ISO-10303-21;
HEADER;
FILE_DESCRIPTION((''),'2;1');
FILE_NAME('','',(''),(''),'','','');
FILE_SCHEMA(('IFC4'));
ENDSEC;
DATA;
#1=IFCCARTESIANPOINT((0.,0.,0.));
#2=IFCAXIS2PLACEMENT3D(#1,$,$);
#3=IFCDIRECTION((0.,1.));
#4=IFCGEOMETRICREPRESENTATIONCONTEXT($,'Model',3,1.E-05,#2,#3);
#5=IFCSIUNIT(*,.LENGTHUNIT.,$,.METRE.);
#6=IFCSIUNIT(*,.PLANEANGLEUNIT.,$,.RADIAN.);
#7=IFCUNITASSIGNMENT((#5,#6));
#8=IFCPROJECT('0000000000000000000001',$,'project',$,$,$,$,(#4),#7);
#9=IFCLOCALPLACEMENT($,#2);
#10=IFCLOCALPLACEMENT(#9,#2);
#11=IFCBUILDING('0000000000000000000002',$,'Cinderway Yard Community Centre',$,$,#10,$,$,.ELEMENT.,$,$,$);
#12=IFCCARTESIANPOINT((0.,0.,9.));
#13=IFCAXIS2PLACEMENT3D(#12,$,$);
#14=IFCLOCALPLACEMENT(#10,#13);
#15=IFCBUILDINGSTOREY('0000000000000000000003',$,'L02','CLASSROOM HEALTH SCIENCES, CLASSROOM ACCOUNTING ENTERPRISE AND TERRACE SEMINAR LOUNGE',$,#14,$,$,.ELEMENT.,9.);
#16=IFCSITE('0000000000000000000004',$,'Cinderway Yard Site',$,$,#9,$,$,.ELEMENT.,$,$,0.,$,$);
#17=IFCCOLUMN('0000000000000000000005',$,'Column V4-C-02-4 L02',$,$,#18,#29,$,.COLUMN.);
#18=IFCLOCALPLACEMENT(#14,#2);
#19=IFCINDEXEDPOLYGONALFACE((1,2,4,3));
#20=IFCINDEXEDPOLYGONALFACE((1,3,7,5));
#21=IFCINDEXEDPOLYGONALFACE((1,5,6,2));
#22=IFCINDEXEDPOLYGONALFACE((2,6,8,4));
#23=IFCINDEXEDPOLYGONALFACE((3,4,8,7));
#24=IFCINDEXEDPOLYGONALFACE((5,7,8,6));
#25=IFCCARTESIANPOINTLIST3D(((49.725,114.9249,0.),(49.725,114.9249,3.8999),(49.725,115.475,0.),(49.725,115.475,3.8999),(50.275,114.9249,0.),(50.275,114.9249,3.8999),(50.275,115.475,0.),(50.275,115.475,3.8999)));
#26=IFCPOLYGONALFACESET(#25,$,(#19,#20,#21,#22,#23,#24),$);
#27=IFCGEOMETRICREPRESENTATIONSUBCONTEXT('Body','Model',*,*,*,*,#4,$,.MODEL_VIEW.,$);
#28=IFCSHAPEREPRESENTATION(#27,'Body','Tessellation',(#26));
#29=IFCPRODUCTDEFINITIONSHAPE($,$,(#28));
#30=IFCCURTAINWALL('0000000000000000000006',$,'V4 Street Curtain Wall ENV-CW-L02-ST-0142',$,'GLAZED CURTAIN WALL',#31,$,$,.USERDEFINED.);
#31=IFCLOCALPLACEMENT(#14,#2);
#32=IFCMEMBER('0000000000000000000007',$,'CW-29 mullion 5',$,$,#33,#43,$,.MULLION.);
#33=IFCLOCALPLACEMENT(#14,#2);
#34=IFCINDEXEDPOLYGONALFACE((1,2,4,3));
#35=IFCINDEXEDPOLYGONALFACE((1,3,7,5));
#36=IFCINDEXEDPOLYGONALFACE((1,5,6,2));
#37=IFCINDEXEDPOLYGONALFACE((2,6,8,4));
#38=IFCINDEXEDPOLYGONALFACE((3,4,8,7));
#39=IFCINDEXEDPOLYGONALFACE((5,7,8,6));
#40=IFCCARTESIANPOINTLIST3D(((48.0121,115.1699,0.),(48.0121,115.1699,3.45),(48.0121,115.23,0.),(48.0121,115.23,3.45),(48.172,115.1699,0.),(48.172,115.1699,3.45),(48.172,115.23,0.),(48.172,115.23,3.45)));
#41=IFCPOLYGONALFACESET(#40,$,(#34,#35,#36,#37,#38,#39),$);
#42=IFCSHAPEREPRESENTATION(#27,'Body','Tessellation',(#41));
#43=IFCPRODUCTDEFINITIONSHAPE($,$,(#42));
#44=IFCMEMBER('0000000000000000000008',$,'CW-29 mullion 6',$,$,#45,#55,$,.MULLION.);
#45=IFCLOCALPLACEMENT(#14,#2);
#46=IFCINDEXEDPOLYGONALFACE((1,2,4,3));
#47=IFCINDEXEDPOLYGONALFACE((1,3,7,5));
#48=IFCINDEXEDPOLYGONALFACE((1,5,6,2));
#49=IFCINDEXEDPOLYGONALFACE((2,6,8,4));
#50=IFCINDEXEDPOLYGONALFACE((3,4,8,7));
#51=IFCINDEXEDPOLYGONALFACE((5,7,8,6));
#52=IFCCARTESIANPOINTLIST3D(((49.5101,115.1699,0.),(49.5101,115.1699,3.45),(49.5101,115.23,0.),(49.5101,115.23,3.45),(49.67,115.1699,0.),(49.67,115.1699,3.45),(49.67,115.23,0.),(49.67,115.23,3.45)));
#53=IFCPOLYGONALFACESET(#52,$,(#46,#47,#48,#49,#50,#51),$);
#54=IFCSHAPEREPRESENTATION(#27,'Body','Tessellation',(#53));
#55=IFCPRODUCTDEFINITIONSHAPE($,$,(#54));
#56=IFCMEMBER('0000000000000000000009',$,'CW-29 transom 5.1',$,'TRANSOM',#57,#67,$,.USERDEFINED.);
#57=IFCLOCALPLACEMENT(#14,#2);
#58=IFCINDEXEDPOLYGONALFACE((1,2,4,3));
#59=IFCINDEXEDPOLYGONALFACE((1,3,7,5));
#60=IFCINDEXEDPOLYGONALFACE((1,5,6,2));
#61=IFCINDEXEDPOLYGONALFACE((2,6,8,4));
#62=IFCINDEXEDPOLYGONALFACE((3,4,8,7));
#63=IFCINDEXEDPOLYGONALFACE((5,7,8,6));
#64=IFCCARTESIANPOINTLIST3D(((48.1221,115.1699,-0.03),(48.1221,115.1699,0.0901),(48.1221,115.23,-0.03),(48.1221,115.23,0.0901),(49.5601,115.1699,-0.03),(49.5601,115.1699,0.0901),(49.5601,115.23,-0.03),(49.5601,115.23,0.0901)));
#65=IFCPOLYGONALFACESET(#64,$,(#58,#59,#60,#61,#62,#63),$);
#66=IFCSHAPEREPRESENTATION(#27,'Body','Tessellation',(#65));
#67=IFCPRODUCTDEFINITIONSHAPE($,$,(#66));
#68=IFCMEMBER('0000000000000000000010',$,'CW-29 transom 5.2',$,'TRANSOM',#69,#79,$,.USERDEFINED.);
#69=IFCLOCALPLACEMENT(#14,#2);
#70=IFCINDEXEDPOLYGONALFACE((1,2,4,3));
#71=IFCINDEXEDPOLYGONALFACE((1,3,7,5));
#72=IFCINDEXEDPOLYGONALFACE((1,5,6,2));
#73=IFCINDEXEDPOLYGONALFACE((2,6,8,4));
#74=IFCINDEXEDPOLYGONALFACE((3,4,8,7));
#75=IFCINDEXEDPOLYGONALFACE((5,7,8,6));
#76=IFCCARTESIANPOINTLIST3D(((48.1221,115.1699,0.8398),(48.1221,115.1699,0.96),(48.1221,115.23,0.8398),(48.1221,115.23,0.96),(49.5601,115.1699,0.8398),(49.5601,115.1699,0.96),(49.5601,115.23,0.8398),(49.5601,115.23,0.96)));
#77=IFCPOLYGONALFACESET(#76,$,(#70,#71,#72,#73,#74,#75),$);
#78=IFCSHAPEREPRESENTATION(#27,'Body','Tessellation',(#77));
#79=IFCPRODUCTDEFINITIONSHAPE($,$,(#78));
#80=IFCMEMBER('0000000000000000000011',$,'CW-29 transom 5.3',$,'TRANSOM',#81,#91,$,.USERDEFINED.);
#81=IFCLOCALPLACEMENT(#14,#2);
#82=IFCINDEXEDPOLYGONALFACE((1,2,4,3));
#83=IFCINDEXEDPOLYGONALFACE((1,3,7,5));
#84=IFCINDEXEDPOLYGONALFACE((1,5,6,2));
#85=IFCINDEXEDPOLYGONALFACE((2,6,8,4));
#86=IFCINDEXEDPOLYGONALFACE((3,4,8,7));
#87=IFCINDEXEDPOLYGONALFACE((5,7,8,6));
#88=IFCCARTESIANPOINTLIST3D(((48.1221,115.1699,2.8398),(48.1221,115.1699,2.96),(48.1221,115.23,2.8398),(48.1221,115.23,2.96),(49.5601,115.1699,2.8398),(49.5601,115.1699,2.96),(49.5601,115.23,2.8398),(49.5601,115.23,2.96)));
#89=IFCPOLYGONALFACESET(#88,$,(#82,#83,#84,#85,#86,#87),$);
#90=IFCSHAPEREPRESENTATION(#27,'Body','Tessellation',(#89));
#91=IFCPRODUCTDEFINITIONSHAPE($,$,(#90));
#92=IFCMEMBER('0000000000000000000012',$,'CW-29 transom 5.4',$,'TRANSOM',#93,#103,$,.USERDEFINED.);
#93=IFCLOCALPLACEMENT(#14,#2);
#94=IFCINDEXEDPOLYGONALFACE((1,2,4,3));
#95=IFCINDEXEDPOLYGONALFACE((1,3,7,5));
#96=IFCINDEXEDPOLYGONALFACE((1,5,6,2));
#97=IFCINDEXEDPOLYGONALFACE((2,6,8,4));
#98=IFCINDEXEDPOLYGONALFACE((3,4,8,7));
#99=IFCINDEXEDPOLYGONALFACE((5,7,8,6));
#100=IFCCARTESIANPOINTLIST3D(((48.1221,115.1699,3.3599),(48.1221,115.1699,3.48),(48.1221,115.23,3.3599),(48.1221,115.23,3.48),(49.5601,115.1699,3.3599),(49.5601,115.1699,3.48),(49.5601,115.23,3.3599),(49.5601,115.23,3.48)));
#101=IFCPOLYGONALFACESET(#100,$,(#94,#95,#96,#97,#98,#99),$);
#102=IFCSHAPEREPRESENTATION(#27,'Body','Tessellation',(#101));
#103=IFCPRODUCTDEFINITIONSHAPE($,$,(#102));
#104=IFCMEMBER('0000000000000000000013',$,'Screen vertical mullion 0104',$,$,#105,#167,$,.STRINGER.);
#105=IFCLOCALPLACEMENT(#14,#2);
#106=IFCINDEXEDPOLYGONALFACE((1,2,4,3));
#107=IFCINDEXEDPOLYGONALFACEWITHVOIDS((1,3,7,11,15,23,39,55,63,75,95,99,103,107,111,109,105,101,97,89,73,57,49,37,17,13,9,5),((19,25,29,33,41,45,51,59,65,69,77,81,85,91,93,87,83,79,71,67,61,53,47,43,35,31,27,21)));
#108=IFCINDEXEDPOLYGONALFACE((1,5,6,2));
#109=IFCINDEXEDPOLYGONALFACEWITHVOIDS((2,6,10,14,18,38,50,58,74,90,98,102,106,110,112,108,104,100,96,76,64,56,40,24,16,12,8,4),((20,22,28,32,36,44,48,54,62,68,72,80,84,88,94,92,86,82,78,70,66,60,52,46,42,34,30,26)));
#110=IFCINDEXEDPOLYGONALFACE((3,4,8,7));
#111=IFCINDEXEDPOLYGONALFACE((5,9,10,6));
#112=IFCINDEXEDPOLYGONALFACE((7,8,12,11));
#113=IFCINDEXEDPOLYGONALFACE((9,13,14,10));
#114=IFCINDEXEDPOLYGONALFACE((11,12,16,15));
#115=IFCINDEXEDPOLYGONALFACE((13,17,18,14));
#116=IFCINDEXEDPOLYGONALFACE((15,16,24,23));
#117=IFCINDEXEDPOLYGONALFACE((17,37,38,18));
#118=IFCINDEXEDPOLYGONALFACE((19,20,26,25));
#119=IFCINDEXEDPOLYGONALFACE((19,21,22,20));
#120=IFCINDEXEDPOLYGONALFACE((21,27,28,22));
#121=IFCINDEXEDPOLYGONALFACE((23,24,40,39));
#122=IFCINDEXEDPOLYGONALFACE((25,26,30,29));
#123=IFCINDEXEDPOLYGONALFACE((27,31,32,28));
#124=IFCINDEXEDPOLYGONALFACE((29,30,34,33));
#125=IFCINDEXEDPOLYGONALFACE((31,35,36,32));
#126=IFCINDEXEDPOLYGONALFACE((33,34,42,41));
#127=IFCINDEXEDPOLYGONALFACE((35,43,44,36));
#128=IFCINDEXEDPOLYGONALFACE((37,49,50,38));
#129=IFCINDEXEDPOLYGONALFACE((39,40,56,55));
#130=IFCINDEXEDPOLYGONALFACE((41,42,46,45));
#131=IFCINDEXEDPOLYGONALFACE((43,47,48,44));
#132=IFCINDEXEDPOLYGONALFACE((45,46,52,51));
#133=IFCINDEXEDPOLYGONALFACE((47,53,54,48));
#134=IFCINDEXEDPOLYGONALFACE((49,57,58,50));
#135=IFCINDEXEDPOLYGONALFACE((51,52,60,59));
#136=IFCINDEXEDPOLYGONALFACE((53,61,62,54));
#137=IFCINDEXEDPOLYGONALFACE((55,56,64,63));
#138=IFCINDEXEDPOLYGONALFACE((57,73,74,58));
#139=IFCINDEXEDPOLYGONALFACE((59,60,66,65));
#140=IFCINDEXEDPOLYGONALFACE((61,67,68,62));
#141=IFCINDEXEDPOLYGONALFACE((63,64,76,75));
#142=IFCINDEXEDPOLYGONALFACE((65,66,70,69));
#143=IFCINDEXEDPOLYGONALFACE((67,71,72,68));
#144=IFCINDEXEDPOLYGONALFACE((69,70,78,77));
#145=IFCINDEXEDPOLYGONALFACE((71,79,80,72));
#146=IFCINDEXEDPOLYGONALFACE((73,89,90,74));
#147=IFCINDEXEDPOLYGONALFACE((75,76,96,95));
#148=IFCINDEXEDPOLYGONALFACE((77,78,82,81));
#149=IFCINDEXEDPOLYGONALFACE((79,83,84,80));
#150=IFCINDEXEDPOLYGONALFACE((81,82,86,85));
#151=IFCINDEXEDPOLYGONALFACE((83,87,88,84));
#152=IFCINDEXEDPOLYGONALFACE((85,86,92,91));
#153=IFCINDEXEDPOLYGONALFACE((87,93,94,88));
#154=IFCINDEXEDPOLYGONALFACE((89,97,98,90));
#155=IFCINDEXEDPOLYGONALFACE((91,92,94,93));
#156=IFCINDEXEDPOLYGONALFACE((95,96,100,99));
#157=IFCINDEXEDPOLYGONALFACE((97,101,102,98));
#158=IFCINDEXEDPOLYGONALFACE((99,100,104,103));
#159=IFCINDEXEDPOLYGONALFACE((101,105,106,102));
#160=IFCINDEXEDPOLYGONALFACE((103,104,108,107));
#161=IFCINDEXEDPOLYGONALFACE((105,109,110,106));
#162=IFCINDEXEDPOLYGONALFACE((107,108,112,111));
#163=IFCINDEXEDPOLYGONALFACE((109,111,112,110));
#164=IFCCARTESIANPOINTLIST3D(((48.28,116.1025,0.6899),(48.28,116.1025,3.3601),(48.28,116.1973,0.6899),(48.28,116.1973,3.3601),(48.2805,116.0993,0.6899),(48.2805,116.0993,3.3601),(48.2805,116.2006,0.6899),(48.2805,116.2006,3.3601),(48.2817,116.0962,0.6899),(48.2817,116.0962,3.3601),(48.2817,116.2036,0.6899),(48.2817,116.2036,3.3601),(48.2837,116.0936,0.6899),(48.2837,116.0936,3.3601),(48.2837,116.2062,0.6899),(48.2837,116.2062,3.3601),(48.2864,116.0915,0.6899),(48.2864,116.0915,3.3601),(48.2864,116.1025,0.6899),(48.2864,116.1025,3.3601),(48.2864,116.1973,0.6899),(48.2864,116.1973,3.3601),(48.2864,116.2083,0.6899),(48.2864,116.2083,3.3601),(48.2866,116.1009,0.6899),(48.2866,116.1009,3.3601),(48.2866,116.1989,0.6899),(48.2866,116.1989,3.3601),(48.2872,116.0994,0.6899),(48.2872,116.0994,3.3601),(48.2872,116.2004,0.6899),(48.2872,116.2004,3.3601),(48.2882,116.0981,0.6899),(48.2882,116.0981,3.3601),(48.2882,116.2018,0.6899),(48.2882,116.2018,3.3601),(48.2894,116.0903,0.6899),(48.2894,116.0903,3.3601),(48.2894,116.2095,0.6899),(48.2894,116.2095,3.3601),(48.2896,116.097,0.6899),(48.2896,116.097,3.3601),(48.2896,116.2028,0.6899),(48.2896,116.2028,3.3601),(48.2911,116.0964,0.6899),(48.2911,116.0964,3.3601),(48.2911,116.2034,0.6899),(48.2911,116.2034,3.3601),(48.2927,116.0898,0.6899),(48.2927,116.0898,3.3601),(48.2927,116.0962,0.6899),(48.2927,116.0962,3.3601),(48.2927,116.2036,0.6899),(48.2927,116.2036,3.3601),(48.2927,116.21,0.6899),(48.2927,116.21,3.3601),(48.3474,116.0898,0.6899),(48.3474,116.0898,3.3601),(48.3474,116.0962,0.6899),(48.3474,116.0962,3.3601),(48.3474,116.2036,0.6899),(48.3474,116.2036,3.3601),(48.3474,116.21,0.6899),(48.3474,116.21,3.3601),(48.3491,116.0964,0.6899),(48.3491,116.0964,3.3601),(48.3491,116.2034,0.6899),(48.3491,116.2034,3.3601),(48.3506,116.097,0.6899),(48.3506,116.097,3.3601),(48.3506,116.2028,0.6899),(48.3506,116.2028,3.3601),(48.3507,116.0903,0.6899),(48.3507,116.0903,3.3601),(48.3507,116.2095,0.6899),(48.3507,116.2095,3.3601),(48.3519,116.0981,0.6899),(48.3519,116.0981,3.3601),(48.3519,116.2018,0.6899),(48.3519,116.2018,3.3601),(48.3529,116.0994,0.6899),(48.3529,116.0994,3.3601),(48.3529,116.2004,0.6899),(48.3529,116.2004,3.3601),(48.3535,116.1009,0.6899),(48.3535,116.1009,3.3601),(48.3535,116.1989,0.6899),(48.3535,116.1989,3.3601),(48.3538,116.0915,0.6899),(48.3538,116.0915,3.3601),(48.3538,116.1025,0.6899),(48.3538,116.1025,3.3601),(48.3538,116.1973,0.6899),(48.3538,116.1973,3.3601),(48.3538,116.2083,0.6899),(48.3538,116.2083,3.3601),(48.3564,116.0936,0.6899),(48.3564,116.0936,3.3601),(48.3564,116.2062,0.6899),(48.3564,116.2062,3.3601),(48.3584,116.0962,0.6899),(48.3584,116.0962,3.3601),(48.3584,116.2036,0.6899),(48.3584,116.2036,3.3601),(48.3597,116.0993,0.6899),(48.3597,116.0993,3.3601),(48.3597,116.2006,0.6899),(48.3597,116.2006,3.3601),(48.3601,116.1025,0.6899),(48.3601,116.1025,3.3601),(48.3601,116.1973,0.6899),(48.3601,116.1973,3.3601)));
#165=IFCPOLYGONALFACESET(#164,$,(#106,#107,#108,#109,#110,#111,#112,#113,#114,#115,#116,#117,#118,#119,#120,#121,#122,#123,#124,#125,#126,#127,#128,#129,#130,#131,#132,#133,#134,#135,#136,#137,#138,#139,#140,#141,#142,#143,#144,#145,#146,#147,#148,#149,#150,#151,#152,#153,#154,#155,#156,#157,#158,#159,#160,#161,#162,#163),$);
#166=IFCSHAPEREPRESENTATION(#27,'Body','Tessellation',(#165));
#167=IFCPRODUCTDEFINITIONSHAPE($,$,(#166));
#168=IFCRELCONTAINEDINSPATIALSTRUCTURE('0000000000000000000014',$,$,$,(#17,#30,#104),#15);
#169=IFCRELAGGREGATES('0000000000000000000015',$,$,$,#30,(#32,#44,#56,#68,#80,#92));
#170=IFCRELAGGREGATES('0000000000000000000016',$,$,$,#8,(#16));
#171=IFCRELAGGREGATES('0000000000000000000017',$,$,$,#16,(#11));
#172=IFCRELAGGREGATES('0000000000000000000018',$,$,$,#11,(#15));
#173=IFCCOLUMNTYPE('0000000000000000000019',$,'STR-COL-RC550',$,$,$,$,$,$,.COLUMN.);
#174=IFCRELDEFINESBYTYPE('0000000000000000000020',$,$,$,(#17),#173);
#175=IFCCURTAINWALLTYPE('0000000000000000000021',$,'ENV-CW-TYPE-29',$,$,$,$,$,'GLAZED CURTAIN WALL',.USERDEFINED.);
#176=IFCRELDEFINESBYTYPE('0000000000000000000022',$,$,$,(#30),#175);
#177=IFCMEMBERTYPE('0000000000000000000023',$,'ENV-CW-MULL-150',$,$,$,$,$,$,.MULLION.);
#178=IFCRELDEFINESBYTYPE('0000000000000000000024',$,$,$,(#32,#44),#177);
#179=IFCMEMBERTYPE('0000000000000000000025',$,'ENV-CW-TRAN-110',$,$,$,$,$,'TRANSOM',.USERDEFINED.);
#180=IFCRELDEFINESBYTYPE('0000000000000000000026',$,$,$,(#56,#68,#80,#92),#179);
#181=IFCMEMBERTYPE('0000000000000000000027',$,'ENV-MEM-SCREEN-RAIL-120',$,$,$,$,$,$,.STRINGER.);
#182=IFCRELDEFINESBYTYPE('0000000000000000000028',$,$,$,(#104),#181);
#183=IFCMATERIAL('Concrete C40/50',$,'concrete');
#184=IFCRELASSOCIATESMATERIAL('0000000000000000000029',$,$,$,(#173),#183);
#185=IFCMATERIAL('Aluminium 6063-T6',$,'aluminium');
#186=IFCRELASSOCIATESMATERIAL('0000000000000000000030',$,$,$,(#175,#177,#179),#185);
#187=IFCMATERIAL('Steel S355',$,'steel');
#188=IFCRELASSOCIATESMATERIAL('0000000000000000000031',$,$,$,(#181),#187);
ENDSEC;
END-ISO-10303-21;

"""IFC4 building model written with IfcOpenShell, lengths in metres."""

from ifc_helpers import new_model, si_unit, direction, frame, origin, origin_2d, place, context, subcontext, project, spatial, rectangle, hollow_rectangle, extrude, material, material_profile, profile_set, type_object, element, aggregate, save


model = new_model("IFC4")

# Units and contexts
model_context = context("Model", 3, precision=1e-05, world=origin(), true_north=direction((0.0, 1.0)))
body_context = subcontext(model_context, "Body", "Model", "MODEL_VIEW")
ifc_project = project(units=[si_unit("LENGTHUNIT", "METRE"), si_unit("PLANEANGLEUNIT", "RADIAN")], contexts=[model_context])

# Site, building, storey
site_placement = place(None, origin())
site = spatial("IfcSite", under=ifc_project, at=site_placement, Name="Cinderway Yard Site", CompositionType="ELEMENT", RefElevation=0.0)
building_placement = place(site_placement, origin())
building = spatial("IfcBuilding", under=site, at=building_placement, Name="Cinderway Yard Community Centre", CompositionType="ELEMENT")
storey_placement = place(building_placement, frame((0.0, 0.0, 9.0)))
storey = spatial("IfcBuildingStorey", under=building, at=storey_placement, Name="L02", Description="CLASSROOM HEALTH SCIENCES, CLASSROOM ACCOUNTING ENTERPRISE AND TERRACE SEMINAR LOUNGE", CompositionType="ELEMENT", Elevation=9.0)

# Column
ifc_material_1 = material(Name="Concrete C40/50", Category="concrete")
ifc_material_profile_1 = material_profile(ifc_material_1, rectangle(XDim=0.55, YDim=0.55, at=origin_2d()), Name="Concrete C40/50")
ifc_profile_set_1 = profile_set([ifc_material_profile_1], Name="Concrete C40/50")
column_type = type_object("IfcColumnType", Name="STR-COL-RC550", PredefinedType="COLUMN", material=ifc_profile_set_1)
column_placement = place(storey_placement, frame((50.0, 115.2, 0.0), z_axis=(0.0, 0.0, 1.0), x_axis=(1.0, 0.0, 0.0)))
element("IfcColumn", 1, at=column_placement, inside=storey, type_object=column_type, Name="Column V4-C-02-4 L02", PredefinedType="COLUMN", context=body_context, shape_type="SweptSolid", body=[
    extrude(rectangle(XDim=0.55, YDim=0.55, at=origin_2d()), origin(), (0.0, 0.0, 1.0), 3.8999),
])

# Curtain wall, members
ifc_material_2 = material(Name="Aluminium 6063-T6", Category="aluminium")
curtain_wall_type = type_object("IfcCurtainWallType", Name="ENV-CW-TYPE-29", ElementType="GLAZED CURTAIN WALL", PredefinedType="USERDEFINED", material=ifc_material_2)
curtain_wall_placement = place(storey_placement, origin())
curtain_wall = element("IfcCurtainWall", 2, at=curtain_wall_placement, inside=storey, type_object=curtain_wall_type, Name="V4 Street Curtain Wall ENV-CW-L02-ST-0142", ObjectType="GLAZED CURTAIN WALL", PredefinedType="USERDEFINED")
ifc_material_profile_2 = material_profile(ifc_material_2, rectangle(XDim=0.0601, YDim=0.1599, at=origin_2d()), Name="Aluminium 6063-T6")
ifc_profile_set_2 = profile_set([ifc_material_profile_2], Name="Aluminium 6063-T6")
member_type_1 = type_object("IfcMemberType", Name="ENV-CW-MULL-150", PredefinedType="MULLION", material=ifc_profile_set_2)
member_1_placement = place(storey_placement, frame((48.092, 115.2, 0.0), z_axis=(0.0, 0.0, 1.0), x_axis=(0.0, 1.0, 0.0)))
member_1 = element("IfcMember", 3, at=member_1_placement, type_object=member_type_1, Name="CW-29 mullion 5", PredefinedType="MULLION", context=body_context, shape_type="SweptSolid", body=[
    extrude(rectangle(XDim=0.0601, YDim=0.1599, at=origin_2d()), origin(), (0.0, 0.0, 1.0), 3.45),
])
member_2_placement = place(storey_placement, frame((49.5901, 115.2, 0.0), z_axis=(0.0, 0.0, 1.0), x_axis=(0.0, 1.0, 0.0)))
member_2 = element("IfcMember", 4, at=member_2_placement, type_object=member_type_1, Name="CW-29 mullion 6", PredefinedType="MULLION", context=body_context, shape_type="SweptSolid", body=[
    extrude(rectangle(XDim=0.0601, YDim=0.1599, at=origin_2d()), origin(), (0.0, 0.0, 1.0), 3.45),
])
ifc_material_profile_3 = material_profile(ifc_material_2, rectangle(XDim=0.0601, YDim=0.1201, at=origin_2d()), Name="Aluminium 6063-T6")
ifc_profile_set_3 = profile_set([ifc_material_profile_3], Name="Aluminium 6063-T6")
member_type_2 = type_object("IfcMemberType", Name="ENV-CW-TRAN-110", ElementType="TRANSOM", PredefinedType="USERDEFINED", material=ifc_profile_set_3)
member_3_placement = place(storey_placement, frame((48.1221, 115.2, 0.03), z_axis=(1.0, 0.0, 0.0), x_axis=(0.0, 1.0, 0.0)))
member_3 = element("IfcMember", 5, at=member_3_placement, type_object=member_type_2, Name="CW-29 transom 5.1", ObjectType="TRANSOM", PredefinedType="USERDEFINED", context=body_context, shape_type="SweptSolid", body=[
    extrude(rectangle(XDim=0.0601, YDim=0.1201, at=origin_2d()), origin(), (0.0, 0.0, 1.0), 1.438),
])
member_4_placement = place(storey_placement, frame((48.1221, 115.2, 0.8999), z_axis=(1.0, 0.0, 0.0), x_axis=(0.0, 1.0, 0.0)))
member_4 = element("IfcMember", 6, at=member_4_placement, type_object=member_type_2, Name="CW-29 transom 5.2", ObjectType="TRANSOM", PredefinedType="USERDEFINED", context=body_context, shape_type="SweptSolid", body=[
    extrude(rectangle(XDim=0.0601, YDim=0.1201, at=origin_2d()), origin(), (0.0, 0.0, 1.0), 1.438),
])
member_5_placement = place(storey_placement, frame((48.1221, 115.2, 2.8999), z_axis=(1.0, 0.0, 0.0), x_axis=(0.0, 1.0, 0.0)))
member_5 = element("IfcMember", 7, at=member_5_placement, type_object=member_type_2, Name="CW-29 transom 5.3", ObjectType="TRANSOM", PredefinedType="USERDEFINED", context=body_context, shape_type="SweptSolid", body=[
    extrude(rectangle(XDim=0.0601, YDim=0.1201, at=origin_2d()), origin(), (0.0, 0.0, 1.0), 1.438),
])
member_6_placement = place(storey_placement, frame((48.1221, 115.2, 3.4199), z_axis=(1.0, 0.0, 0.0), x_axis=(0.0, 1.0, 0.0)))
member_6 = element("IfcMember", 8, at=member_6_placement, type_object=member_type_2, Name="CW-29 transom 5.4", ObjectType="TRANSOM", PredefinedType="USERDEFINED", context=body_context, shape_type="SweptSolid", body=[
    extrude(rectangle(XDim=0.0601, YDim=0.1201, at=origin_2d()), origin(), (0.0, 0.0, 1.0), 1.438),
])

# Member
ifc_material_3 = material(Name="Steel S355", Category="steel")
ifc_material_profile_4 = material_profile(ifc_material_3, hollow_rectangle(XDim=0.0801, YDim=0.1201, WallThickness=0.0063, InnerFilletRadius=0.0063, OuterFilletRadius=0.0127, at=origin_2d()), Name="Steel S355")
ifc_profile_set_4 = profile_set([ifc_material_profile_4], Name="Steel S355")
member_type_3 = type_object("IfcMemberType", Name="ENV-MEM-SCREEN-RAIL-120", PredefinedType="STRINGER", material=ifc_profile_set_4)
for number, where, z_axis, x_axis, name in (
    (9, (48.3201, 116.1499, 0.6899), (0.0, 0.0, 1.0), (1.0, 0.0, 0.0), "Screen vertical mullion 0104"),
):
    element("IfcMember", number, at=place(storey_placement, frame(where, z_axis=z_axis, x_axis=x_axis)), inside=storey, type_object=member_type_3, Name=name, PredefinedType="STRINGER", context=body_context, shape_type="SweptSolid", body=[
        extrude(hollow_rectangle(XDim=0.0801, YDim=0.1201, WallThickness=0.0063, InnerFilletRadius=0.0063, OuterFilletRadius=0.0127, at=origin_2d()), origin(), (0.0, 0.0, 1.0), 2.6702),
    ])

aggregate(curtain_wall, [member_1, member_2, member_3, member_4, member_5, member_6])

save(model, "model.ifc")
